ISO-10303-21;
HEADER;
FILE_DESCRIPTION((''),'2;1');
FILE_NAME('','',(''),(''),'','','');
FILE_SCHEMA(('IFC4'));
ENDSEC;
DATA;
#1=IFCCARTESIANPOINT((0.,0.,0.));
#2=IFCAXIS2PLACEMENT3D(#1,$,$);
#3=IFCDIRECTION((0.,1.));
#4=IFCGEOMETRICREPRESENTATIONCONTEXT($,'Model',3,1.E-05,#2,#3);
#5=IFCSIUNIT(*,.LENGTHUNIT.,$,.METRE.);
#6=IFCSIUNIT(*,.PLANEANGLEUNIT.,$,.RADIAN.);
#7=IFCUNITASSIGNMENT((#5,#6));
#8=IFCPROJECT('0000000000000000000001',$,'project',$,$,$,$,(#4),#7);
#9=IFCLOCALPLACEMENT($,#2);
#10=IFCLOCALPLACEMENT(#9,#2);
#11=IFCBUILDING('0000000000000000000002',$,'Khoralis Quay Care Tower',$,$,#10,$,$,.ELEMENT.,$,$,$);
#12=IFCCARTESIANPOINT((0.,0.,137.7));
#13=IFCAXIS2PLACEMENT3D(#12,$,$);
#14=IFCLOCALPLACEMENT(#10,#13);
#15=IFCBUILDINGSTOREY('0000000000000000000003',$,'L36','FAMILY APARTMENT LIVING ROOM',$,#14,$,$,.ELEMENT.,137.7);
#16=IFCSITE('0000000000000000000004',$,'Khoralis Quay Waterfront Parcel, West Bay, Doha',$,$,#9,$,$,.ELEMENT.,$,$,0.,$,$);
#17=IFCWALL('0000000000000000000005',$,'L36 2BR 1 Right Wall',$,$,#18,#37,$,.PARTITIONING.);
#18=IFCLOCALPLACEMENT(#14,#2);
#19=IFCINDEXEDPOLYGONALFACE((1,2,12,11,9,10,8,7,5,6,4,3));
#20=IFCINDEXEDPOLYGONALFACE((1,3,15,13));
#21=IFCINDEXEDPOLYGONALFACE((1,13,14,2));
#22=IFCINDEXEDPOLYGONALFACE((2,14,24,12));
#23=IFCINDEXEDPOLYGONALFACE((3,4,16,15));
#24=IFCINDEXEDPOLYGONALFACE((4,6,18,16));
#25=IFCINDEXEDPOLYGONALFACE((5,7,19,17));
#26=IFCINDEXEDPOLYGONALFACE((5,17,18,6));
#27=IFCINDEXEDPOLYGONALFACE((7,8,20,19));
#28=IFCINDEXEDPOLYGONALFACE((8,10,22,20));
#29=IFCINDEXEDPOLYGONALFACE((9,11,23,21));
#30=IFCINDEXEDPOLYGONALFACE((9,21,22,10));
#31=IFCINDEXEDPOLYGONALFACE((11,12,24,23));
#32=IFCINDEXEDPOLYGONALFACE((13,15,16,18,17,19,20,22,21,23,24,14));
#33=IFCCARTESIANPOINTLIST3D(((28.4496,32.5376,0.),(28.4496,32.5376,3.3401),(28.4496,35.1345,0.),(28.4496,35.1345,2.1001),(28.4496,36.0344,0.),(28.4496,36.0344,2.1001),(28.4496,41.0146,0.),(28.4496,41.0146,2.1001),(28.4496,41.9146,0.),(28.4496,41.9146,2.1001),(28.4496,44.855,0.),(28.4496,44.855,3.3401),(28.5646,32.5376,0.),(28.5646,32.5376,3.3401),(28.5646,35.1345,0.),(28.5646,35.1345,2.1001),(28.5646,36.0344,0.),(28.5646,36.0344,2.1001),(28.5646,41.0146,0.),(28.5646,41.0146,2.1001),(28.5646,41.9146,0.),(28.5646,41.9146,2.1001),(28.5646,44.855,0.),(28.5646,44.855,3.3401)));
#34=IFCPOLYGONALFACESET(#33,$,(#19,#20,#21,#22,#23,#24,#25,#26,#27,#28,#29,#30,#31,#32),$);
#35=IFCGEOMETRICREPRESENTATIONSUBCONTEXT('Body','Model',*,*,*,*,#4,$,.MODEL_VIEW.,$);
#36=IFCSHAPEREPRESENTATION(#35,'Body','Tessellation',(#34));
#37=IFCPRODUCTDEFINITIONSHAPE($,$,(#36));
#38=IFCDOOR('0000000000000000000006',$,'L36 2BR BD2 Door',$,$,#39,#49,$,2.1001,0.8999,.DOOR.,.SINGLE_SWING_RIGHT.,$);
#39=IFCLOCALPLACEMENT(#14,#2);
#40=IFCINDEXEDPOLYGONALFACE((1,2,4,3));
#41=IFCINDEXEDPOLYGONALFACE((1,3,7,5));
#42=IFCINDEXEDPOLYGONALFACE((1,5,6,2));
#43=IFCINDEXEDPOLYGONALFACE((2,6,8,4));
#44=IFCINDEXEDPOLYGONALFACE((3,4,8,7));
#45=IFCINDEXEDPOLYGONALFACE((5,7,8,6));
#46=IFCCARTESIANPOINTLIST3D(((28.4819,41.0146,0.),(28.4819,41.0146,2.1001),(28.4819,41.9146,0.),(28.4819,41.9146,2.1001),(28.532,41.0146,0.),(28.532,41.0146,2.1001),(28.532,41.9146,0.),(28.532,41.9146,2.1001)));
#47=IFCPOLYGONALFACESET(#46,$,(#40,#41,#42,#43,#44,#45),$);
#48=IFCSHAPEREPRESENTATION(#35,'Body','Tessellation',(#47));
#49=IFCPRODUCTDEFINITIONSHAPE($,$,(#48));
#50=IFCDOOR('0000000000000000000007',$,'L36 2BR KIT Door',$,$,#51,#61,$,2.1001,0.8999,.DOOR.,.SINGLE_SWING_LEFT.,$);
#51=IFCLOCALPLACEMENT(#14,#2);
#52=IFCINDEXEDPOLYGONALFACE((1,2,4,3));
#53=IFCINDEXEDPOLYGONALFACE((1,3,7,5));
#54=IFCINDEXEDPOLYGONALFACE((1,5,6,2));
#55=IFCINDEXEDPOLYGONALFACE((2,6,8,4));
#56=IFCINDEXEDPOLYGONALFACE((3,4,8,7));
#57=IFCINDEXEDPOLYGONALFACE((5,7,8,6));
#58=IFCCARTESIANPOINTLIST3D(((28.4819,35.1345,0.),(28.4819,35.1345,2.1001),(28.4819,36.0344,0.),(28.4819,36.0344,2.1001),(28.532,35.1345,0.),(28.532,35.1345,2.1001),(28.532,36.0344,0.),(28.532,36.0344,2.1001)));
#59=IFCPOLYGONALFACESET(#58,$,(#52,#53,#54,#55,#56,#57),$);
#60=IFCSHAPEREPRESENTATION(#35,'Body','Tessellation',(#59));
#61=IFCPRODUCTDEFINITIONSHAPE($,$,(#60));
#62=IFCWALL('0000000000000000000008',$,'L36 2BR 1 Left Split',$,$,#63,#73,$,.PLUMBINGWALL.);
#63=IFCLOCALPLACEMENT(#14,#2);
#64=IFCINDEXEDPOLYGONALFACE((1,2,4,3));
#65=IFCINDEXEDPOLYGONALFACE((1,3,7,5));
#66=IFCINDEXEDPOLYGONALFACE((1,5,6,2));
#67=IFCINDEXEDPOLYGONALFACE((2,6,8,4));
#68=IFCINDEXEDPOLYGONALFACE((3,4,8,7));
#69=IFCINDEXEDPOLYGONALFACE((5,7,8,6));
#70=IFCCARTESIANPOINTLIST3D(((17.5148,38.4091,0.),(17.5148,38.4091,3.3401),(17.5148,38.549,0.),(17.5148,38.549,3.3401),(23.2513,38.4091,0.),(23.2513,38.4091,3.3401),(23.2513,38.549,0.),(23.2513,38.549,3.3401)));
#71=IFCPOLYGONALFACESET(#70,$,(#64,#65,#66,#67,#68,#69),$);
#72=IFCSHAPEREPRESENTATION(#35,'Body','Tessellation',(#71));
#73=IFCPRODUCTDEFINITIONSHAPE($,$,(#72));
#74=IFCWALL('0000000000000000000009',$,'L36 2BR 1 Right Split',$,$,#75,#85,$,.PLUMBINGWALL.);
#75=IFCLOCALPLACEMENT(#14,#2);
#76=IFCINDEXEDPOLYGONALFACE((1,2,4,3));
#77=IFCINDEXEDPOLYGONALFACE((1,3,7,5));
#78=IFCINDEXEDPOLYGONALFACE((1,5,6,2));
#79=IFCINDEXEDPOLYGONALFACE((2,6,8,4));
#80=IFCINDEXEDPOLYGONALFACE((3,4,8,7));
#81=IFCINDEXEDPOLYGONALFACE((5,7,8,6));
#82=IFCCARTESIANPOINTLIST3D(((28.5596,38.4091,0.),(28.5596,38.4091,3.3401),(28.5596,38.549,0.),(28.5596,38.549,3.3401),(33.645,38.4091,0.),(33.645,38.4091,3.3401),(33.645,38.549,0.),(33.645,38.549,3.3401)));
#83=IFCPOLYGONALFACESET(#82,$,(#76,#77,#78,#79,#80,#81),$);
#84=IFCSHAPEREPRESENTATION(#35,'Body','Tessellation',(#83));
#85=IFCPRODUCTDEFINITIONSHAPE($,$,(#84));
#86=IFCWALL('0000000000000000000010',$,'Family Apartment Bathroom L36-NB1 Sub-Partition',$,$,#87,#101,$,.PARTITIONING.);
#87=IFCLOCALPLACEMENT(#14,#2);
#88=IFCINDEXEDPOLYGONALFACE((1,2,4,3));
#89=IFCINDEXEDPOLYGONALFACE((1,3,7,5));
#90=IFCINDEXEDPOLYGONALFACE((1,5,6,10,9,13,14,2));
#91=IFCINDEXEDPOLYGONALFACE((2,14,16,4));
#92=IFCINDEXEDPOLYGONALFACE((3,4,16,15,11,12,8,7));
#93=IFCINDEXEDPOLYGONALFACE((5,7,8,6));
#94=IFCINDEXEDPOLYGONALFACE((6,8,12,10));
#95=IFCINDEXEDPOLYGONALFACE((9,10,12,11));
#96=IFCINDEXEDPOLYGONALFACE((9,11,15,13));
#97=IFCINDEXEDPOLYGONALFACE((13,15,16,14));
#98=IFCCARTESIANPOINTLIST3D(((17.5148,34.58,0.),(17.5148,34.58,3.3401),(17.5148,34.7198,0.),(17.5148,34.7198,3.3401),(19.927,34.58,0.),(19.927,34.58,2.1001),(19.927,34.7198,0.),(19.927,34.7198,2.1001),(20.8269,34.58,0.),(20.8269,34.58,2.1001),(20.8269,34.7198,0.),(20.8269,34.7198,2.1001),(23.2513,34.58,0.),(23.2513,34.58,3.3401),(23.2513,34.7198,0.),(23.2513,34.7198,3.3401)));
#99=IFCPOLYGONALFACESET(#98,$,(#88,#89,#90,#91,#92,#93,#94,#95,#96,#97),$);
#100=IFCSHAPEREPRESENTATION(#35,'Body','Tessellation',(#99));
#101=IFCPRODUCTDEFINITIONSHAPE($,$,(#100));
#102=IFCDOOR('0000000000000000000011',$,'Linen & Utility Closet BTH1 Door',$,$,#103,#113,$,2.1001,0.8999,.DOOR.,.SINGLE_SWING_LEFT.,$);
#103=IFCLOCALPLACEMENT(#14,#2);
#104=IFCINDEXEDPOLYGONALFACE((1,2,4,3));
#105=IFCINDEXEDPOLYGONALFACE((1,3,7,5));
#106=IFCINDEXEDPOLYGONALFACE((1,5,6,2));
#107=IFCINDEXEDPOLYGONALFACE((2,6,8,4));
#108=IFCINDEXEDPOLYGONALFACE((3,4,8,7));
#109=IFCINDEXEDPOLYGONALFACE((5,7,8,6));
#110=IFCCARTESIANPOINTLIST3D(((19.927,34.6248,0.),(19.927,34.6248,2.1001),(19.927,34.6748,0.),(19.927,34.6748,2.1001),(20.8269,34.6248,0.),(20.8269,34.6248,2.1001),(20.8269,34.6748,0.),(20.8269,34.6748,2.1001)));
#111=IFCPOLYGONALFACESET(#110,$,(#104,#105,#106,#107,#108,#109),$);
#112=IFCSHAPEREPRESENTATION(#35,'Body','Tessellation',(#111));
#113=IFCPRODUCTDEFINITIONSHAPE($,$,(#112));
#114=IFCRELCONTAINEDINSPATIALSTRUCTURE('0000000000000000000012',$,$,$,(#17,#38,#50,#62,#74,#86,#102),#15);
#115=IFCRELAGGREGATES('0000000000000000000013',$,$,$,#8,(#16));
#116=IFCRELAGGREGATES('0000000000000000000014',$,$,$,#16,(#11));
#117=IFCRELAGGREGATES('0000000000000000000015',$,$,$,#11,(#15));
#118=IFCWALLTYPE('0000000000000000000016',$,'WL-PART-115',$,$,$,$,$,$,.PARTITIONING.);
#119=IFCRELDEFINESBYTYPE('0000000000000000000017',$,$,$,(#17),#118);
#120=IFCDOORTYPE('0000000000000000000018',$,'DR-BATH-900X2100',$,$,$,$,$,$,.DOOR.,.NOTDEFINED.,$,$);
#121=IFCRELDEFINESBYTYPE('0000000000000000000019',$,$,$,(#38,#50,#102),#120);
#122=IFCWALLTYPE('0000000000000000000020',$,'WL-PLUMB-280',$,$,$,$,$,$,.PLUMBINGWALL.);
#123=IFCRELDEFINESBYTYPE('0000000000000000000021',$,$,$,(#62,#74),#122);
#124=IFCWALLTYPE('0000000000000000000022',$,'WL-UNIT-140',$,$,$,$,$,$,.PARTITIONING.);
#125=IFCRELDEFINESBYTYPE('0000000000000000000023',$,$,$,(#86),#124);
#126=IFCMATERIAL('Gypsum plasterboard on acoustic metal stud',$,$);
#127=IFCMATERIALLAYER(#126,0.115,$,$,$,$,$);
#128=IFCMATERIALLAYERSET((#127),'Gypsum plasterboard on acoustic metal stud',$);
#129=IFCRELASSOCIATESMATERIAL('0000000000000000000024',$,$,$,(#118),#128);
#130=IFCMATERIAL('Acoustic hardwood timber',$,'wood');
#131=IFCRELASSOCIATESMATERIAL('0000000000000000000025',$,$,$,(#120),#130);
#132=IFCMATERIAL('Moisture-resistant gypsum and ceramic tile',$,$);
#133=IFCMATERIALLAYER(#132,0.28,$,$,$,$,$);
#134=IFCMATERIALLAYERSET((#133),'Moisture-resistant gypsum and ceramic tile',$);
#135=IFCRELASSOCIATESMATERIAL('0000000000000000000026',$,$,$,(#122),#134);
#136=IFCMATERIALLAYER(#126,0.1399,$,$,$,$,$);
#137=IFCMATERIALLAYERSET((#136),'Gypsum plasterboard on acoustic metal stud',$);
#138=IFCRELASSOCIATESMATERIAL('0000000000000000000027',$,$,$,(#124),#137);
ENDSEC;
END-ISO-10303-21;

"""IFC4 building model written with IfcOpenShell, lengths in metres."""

from ifc_helpers import new_model, si_unit, direction, frame, frame_2d, origin, place, context, subcontext, project, spatial, rectangle, extrude, source, transform, mapped, material, layer, layer_set, type_object, element, fill, save


model = new_model("IFC4")

# Units and contexts
model_context = context("Model", 3, precision=1e-05, world=origin(), true_north=direction((0.0, 1.0)))
body_context = subcontext(model_context, "Body", "Model", "MODEL_VIEW")
ifc_project = project(units=[si_unit("LENGTHUNIT", "METRE"), si_unit("PLANEANGLEUNIT", "RADIAN")], contexts=[model_context])

# Site, building, storey
site_placement = place(None, origin())
site = spatial("IfcSite", under=ifc_project, at=site_placement, Name="Khoralis Quay Waterfront Parcel, West Bay, Doha", CompositionType="ELEMENT", RefElevation=0.0)
building_placement = place(site_placement, origin())
building = spatial("IfcBuilding", under=site, at=building_placement, Name="Khoralis Quay Care Tower", CompositionType="ELEMENT")
storey_placement = place(building_placement, frame((0.0, 0.0, 137.7)))
storey = spatial("IfcBuildingStorey", under=building, at=storey_placement, Name="L36", Description="FAMILY APARTMENT LIVING ROOM", CompositionType="ELEMENT", Elevation=137.7)

# Wall, openings, doors
ifc_material_1 = material(Name="Gypsum plasterboard on acoustic metal stud")
ifc_layer_1 = layer(ifc_material_1, 0.115)
ifc_layer_set_1 = layer_set([ifc_layer_1], Name="Gypsum plasterboard on acoustic metal stud")
wall_type_1 = type_object("IfcWallType", Name="WL-PART-115", PredefinedType="PARTITIONING", material=ifc_layer_set_1)
ifc_material_2 = material(Name="Acoustic hardwood timber", Category="wood")
door_type = type_object("IfcDoorType", Name="DR-BATH-900X2100", OperationType="NOTDEFINED", PredefinedType="DOOR", material=ifc_material_2)
shared_shape_1 = source(origin(), body_context, "Body", "SweptSolid", [
    extrude(rectangle(XDim=0.8999, YDim=2.1001, at=frame_2d((0.45, 1.05))), frame((0.0, 0.0249, 0.0), z_axis=(0.0, -1.0, 0.0), x_axis=(1.0, 0.0, 0.0)), (0.0, 0.0, 1.0), 0.05),
])
wall_1_placement = place(storey_placement, frame((28.5071, 32.5376, 0.0), z_axis=(0.0, 0.0, 1.0), x_axis=(0.0, 1.0, 0.0)))
wall_1 = element("IfcWall", 1, at=wall_1_placement, inside=storey, type_object=wall_type_1, Name="L36 2BR 1 Right Wall", PredefinedType="PARTITIONING", context=body_context, shape_type="SweptSolid", body=[
    extrude(rectangle(XDim=12.3174, YDim=0.115, at=frame_2d((6.1587, 0.0))), origin(), (0.0, 0.0, 1.0), 3.3401),
])
opening_1_placement = place(wall_1_placement, frame((8.4771, 0.0, 0.0)))
opening_1 = element("IfcOpeningElement", 2, at=opening_1_placement, cuts=wall_1, PredefinedType="OPENING", context=body_context, shape_type="SweptSolid", body=[
    extrude(rectangle(XDim=0.8999, YDim=2.1001, at=frame_2d((0.45, 1.05))), frame((0.0, 0.0674, 0.0), z_axis=(0.0, -1.0, 0.0), x_axis=(1.0, 0.0, 0.0)), (0.0, 0.0, 1.0), 0.135),
])
opening_2_placement = place(wall_1_placement, frame((2.5969, 0.0, 0.0)))
opening_2 = element("IfcOpeningElement", 3, at=opening_2_placement, cuts=wall_1, PredefinedType="OPENING", context=body_context, shape_type="SweptSolid", body=[
    extrude(rectangle(XDim=0.8999, YDim=2.1001, at=frame_2d((0.45, 1.05))), frame((0.0, 0.0674, 0.0), z_axis=(0.0, -1.0, 0.0), x_axis=(1.0, 0.0, 0.0)), (0.0, 0.0, 1.0), 0.135),
])
door_1_placement = place(opening_1_placement, frame((0.8999, 0.0, 0.0), z_axis=(0.0, 0.0, 1.0), x_axis=(-1.0, 0.0, 0.0)))
door_1 = element("IfcDoor", 4, at=door_1_placement, inside=storey, type_object=door_type, Name="L36 2BR BD2 Door", OperationType="SINGLE_SWING_RIGHT", OverallHeight=2.1001, OverallWidth=0.8999, PredefinedType="DOOR", context=body_context, shape_type="MappedRepresentation", body=[
    mapped(shared_shape_1, transform((0.0, 0.0, 0.0), scale=1.0)),
])
fill(opening_1, door_1)
door_2_placement = place(opening_2_placement, frame((0.8999, 0.0, 0.0), z_axis=(0.0, 0.0, 1.0), x_axis=(-1.0, 0.0, 0.0)))
door_2 = element("IfcDoor", 5, at=door_2_placement, inside=storey, type_object=door_type, Name="L36 2BR KIT Door", OperationType="SINGLE_SWING_LEFT", OverallHeight=2.1001, OverallWidth=0.8999, PredefinedType="DOOR", context=body_context, shape_type="MappedRepresentation", body=[
    mapped(shared_shape_1, transform((0.0, 0.0, 0.0), scale=1.0)),
])
fill(opening_2, door_2)

# Walls
ifc_material_3 = material(Name="Moisture-resistant gypsum and ceramic tile")
ifc_layer_2 = layer(ifc_material_3, 0.28)
ifc_layer_set_2 = layer_set([ifc_layer_2], Name="Moisture-resistant gypsum and ceramic tile")
wall_type_2 = type_object("IfcWallType", Name="WL-PLUMB-280", PredefinedType="PLUMBINGWALL", material=ifc_layer_set_2)
wall_2_placement = place(storey_placement, frame((17.5149, 38.479, 0.0), z_axis=(0.0, 0.0, 1.0), x_axis=(1.0, 0.0, 0.0)))
element("IfcWall", 6, at=wall_2_placement, inside=storey, type_object=wall_type_2, Name="L36 2BR 1 Left Split", PredefinedType="PLUMBINGWALL", context=body_context, shape_type="SweptSolid", body=[
    extrude(rectangle(XDim=5.7366, YDim=0.1399, at=frame_2d((2.8682, 0.0))), origin(), (0.0, 0.0, 1.0), 3.3401),
])
wall_3_placement = place(storey_placement, frame((28.5596, 38.479, 0.0), z_axis=(0.0, 0.0, 1.0), x_axis=(1.0, 0.0, 0.0)))
element("IfcWall", 7, at=wall_3_placement, inside=storey, type_object=wall_type_2, Name="L36 2BR 1 Right Split", PredefinedType="PLUMBINGWALL", context=body_context, shape_type="SweptSolid", body=[
    extrude(rectangle(XDim=5.0854, YDim=0.1399, at=frame_2d((2.5427, 0.0))), origin(), (0.0, 0.0, 1.0), 3.3401),
])

# Wall, opening, door
ifc_layer_3 = layer(ifc_material_1, 0.1399)
ifc_layer_set_3 = layer_set([ifc_layer_3], Name="Gypsum plasterboard on acoustic metal stud")
wall_type_3 = type_object("IfcWallType", Name="WL-UNIT-140", PredefinedType="PARTITIONING", material=ifc_layer_set_3)
wall_4_placement = place(storey_placement, frame((17.5149, 34.6499, 0.0), z_axis=(0.0, 0.0, 1.0), x_axis=(1.0, 0.0, 0.0)))
wall_4 = element("IfcWall", 8, at=wall_4_placement, inside=storey, type_object=wall_type_3, Name="Family Apartment Bathroom L36-NB1 Sub-Partition", PredefinedType="PARTITIONING", context=body_context, shape_type="SweptSolid", body=[
    extrude(rectangle(XDim=5.7366, YDim=0.1399, at=frame_2d((2.8682, 0.0))), origin(), (0.0, 0.0, 1.0), 3.3401),
])
opening_3_placement = place(wall_4_placement, frame((2.4121, 0.0, 0.0)))
opening_3 = element("IfcOpeningElement", 9, at=opening_3_placement, cuts=wall_4, PredefinedType="OPENING", context=body_context, shape_type="SweptSolid", body=[
    extrude(rectangle(XDim=0.8999, YDim=2.1001, at=frame_2d((0.45, 1.05))), frame((0.0, 0.0801, 0.0), z_axis=(0.0, -1.0, 0.0), x_axis=(1.0, 0.0, 0.0)), (0.0, 0.0, 1.0), 0.1599),
])
door_3_placement = place(opening_3_placement, origin())
door_3 = element("IfcDoor", 10, at=door_3_placement, inside=storey, type_object=door_type, Name="Linen & Utility Closet BTH1 Door", OperationType="SINGLE_SWING_LEFT", OverallHeight=2.1001, OverallWidth=0.8999, PredefinedType="DOOR", context=body_context, shape_type="MappedRepresentation", body=[
    mapped(shared_shape_1, transform((0.0, 0.0, 0.0), scale=1.0)),
])
fill(opening_3, door_3)

save(model, "model.ifc")
